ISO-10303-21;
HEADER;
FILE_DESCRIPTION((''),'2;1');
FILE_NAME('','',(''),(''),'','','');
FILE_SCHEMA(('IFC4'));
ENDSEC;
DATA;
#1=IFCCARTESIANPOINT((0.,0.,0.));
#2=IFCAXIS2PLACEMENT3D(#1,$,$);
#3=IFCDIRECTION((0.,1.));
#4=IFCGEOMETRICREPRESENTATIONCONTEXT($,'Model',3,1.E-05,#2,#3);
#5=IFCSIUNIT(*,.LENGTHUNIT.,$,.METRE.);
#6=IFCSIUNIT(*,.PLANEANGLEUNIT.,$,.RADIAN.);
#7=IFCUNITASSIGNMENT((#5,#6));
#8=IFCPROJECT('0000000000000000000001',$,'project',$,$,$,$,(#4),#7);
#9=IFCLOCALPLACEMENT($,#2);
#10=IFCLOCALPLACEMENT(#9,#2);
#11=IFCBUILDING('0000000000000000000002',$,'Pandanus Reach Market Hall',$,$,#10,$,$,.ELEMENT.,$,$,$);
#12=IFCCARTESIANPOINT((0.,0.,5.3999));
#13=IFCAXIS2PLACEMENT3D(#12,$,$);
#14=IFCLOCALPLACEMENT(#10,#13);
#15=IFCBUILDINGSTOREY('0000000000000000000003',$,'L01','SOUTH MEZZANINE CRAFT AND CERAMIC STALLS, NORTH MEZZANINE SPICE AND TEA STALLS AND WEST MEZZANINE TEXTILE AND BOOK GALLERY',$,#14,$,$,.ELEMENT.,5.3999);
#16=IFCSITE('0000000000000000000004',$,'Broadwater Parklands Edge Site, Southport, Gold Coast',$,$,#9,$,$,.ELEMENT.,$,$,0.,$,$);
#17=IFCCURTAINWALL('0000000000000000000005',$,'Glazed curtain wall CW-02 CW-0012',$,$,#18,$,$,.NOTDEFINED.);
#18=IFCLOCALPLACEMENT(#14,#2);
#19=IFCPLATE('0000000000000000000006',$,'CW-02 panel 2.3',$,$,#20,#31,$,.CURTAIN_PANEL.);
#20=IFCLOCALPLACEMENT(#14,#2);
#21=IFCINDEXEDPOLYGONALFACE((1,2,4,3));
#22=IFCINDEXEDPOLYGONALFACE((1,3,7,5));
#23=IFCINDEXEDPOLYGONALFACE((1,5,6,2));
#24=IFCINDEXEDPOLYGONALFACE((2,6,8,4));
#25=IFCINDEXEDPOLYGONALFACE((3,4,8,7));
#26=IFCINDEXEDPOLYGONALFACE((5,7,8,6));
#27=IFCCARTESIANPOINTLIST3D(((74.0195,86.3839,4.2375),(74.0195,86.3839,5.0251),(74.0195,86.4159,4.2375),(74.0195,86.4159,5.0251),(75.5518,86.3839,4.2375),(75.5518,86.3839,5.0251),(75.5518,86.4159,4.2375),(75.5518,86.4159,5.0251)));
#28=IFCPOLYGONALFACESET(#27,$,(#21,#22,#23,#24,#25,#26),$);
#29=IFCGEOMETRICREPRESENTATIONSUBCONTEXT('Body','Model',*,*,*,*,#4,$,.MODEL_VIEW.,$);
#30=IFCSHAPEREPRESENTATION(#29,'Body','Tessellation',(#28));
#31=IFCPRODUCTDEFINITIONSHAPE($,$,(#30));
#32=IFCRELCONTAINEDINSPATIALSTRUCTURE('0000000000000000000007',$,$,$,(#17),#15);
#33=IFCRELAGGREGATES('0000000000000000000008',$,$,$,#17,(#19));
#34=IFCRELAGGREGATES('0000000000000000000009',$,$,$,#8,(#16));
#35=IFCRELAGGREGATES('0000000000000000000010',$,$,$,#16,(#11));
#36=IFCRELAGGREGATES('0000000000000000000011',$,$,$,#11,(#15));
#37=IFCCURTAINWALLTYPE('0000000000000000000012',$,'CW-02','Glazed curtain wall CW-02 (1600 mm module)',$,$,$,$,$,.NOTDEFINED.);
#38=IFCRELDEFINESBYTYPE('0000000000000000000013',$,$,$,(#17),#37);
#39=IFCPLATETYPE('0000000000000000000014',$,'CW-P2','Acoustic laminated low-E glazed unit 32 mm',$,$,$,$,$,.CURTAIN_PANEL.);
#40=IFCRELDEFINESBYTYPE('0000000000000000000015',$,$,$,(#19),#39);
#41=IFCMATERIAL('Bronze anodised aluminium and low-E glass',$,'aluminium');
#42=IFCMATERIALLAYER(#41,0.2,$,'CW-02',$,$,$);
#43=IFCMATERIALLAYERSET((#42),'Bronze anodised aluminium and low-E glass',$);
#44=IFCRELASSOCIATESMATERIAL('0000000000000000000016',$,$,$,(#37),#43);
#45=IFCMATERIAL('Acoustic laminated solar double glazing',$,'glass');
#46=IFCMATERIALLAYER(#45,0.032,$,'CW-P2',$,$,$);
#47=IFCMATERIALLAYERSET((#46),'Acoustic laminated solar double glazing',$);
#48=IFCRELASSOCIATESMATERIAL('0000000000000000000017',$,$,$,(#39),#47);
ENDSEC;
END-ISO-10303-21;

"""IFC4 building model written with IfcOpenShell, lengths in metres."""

from ifc_helpers import new_model, si_unit, direction, frame, origin, origin_2d, place, context, subcontext, project, spatial, rectangle, extrude, material, layer, layer_set, type_object, element, aggregate, save


model = new_model("IFC4")

# Units and contexts
model_context = context("Model", 3, precision=1e-05, world=origin(), true_north=direction((0.0, 1.0)))
body_context = subcontext(model_context, "Body", "Model", "MODEL_VIEW")
ifc_project = project(units=[si_unit("LENGTHUNIT", "METRE"), si_unit("PLANEANGLEUNIT", "RADIAN")], contexts=[model_context])

# Site, building, storey
site_placement = place(None, origin())
site = spatial("IfcSite", under=ifc_project, at=site_placement, Name="Broadwater Parklands Edge Site, Southport, Gold Coast", CompositionType="ELEMENT", RefElevation=0.0)
building_placement = place(site_placement, origin())
building = spatial("IfcBuilding", under=site, at=building_placement, Name="Pandanus Reach Market Hall", CompositionType="ELEMENT")
storey_placement = place(building_placement, frame((0.0, 0.0, 5.3999)))
storey = spatial("IfcBuildingStorey", under=building, at=storey_placement, Name="L01", Description="SOUTH MEZZANINE CRAFT AND CERAMIC STALLS, NORTH MEZZANINE SPICE AND TEA STALLS AND WEST MEZZANINE TEXTILE AND BOOK GALLERY", CompositionType="ELEMENT", Elevation=5.3999)

# Curtain wall, plate
ifc_material_1 = material(Name="Bronze anodised aluminium and low-E glass", Category="aluminium")
ifc_layer_1 = layer(ifc_material_1, 0.2, Name="CW-02")
ifc_layer_set_1 = layer_set([ifc_layer_1], Name="Bronze anodised aluminium and low-E glass")
curtain_wall_type = type_object("IfcCurtainWallType", Name="CW-02", Description="Glazed curtain wall CW-02 (1600 mm module)", PredefinedType="NOTDEFINED", material=ifc_layer_set_1)
curtain_wall_placement = place(storey_placement, origin())
curtain_wall = element("IfcCurtainWall", 1, at=curtain_wall_placement, inside=storey, type_object=curtain_wall_type, Name="Glazed curtain wall CW-02 CW-0012", PredefinedType="NOTDEFINED")
ifc_material_2 = material(Name="Acoustic laminated solar double glazing", Category="glass")
ifc_layer_2 = layer(ifc_material_2, 0.032, Name="CW-P2")
ifc_layer_set_2 = layer_set([ifc_layer_2], Name="Acoustic laminated solar double glazing")
plate_type = type_object("IfcPlateType", Name="CW-P2", Description="Acoustic laminated low-E glazed unit 32 mm", PredefinedType="CURTAIN_PANEL", material=ifc_layer_set_2)
plate_1_placement = place(storey_placement, frame((74.7856, 86.3999, 4.2375), z_axis=(0.0, 0.0, 1.0), x_axis=(1.0, 0.0, 0.0)))
plate_1 = element("IfcPlate", 2, at=plate_1_placement, type_object=plate_type, Name="CW-02 panel 2.3", PredefinedType="CURTAIN_PANEL", context=body_context, shape_type="SweptSolid", body=[
    extrude(rectangle(XDim=1.5322, YDim=0.032, at=origin_2d()), origin(), (0.0, 0.0, 1.0), 0.7876),
])
aggregate(curtain_wall, [plate_1])

save(model, "model.ifc")
